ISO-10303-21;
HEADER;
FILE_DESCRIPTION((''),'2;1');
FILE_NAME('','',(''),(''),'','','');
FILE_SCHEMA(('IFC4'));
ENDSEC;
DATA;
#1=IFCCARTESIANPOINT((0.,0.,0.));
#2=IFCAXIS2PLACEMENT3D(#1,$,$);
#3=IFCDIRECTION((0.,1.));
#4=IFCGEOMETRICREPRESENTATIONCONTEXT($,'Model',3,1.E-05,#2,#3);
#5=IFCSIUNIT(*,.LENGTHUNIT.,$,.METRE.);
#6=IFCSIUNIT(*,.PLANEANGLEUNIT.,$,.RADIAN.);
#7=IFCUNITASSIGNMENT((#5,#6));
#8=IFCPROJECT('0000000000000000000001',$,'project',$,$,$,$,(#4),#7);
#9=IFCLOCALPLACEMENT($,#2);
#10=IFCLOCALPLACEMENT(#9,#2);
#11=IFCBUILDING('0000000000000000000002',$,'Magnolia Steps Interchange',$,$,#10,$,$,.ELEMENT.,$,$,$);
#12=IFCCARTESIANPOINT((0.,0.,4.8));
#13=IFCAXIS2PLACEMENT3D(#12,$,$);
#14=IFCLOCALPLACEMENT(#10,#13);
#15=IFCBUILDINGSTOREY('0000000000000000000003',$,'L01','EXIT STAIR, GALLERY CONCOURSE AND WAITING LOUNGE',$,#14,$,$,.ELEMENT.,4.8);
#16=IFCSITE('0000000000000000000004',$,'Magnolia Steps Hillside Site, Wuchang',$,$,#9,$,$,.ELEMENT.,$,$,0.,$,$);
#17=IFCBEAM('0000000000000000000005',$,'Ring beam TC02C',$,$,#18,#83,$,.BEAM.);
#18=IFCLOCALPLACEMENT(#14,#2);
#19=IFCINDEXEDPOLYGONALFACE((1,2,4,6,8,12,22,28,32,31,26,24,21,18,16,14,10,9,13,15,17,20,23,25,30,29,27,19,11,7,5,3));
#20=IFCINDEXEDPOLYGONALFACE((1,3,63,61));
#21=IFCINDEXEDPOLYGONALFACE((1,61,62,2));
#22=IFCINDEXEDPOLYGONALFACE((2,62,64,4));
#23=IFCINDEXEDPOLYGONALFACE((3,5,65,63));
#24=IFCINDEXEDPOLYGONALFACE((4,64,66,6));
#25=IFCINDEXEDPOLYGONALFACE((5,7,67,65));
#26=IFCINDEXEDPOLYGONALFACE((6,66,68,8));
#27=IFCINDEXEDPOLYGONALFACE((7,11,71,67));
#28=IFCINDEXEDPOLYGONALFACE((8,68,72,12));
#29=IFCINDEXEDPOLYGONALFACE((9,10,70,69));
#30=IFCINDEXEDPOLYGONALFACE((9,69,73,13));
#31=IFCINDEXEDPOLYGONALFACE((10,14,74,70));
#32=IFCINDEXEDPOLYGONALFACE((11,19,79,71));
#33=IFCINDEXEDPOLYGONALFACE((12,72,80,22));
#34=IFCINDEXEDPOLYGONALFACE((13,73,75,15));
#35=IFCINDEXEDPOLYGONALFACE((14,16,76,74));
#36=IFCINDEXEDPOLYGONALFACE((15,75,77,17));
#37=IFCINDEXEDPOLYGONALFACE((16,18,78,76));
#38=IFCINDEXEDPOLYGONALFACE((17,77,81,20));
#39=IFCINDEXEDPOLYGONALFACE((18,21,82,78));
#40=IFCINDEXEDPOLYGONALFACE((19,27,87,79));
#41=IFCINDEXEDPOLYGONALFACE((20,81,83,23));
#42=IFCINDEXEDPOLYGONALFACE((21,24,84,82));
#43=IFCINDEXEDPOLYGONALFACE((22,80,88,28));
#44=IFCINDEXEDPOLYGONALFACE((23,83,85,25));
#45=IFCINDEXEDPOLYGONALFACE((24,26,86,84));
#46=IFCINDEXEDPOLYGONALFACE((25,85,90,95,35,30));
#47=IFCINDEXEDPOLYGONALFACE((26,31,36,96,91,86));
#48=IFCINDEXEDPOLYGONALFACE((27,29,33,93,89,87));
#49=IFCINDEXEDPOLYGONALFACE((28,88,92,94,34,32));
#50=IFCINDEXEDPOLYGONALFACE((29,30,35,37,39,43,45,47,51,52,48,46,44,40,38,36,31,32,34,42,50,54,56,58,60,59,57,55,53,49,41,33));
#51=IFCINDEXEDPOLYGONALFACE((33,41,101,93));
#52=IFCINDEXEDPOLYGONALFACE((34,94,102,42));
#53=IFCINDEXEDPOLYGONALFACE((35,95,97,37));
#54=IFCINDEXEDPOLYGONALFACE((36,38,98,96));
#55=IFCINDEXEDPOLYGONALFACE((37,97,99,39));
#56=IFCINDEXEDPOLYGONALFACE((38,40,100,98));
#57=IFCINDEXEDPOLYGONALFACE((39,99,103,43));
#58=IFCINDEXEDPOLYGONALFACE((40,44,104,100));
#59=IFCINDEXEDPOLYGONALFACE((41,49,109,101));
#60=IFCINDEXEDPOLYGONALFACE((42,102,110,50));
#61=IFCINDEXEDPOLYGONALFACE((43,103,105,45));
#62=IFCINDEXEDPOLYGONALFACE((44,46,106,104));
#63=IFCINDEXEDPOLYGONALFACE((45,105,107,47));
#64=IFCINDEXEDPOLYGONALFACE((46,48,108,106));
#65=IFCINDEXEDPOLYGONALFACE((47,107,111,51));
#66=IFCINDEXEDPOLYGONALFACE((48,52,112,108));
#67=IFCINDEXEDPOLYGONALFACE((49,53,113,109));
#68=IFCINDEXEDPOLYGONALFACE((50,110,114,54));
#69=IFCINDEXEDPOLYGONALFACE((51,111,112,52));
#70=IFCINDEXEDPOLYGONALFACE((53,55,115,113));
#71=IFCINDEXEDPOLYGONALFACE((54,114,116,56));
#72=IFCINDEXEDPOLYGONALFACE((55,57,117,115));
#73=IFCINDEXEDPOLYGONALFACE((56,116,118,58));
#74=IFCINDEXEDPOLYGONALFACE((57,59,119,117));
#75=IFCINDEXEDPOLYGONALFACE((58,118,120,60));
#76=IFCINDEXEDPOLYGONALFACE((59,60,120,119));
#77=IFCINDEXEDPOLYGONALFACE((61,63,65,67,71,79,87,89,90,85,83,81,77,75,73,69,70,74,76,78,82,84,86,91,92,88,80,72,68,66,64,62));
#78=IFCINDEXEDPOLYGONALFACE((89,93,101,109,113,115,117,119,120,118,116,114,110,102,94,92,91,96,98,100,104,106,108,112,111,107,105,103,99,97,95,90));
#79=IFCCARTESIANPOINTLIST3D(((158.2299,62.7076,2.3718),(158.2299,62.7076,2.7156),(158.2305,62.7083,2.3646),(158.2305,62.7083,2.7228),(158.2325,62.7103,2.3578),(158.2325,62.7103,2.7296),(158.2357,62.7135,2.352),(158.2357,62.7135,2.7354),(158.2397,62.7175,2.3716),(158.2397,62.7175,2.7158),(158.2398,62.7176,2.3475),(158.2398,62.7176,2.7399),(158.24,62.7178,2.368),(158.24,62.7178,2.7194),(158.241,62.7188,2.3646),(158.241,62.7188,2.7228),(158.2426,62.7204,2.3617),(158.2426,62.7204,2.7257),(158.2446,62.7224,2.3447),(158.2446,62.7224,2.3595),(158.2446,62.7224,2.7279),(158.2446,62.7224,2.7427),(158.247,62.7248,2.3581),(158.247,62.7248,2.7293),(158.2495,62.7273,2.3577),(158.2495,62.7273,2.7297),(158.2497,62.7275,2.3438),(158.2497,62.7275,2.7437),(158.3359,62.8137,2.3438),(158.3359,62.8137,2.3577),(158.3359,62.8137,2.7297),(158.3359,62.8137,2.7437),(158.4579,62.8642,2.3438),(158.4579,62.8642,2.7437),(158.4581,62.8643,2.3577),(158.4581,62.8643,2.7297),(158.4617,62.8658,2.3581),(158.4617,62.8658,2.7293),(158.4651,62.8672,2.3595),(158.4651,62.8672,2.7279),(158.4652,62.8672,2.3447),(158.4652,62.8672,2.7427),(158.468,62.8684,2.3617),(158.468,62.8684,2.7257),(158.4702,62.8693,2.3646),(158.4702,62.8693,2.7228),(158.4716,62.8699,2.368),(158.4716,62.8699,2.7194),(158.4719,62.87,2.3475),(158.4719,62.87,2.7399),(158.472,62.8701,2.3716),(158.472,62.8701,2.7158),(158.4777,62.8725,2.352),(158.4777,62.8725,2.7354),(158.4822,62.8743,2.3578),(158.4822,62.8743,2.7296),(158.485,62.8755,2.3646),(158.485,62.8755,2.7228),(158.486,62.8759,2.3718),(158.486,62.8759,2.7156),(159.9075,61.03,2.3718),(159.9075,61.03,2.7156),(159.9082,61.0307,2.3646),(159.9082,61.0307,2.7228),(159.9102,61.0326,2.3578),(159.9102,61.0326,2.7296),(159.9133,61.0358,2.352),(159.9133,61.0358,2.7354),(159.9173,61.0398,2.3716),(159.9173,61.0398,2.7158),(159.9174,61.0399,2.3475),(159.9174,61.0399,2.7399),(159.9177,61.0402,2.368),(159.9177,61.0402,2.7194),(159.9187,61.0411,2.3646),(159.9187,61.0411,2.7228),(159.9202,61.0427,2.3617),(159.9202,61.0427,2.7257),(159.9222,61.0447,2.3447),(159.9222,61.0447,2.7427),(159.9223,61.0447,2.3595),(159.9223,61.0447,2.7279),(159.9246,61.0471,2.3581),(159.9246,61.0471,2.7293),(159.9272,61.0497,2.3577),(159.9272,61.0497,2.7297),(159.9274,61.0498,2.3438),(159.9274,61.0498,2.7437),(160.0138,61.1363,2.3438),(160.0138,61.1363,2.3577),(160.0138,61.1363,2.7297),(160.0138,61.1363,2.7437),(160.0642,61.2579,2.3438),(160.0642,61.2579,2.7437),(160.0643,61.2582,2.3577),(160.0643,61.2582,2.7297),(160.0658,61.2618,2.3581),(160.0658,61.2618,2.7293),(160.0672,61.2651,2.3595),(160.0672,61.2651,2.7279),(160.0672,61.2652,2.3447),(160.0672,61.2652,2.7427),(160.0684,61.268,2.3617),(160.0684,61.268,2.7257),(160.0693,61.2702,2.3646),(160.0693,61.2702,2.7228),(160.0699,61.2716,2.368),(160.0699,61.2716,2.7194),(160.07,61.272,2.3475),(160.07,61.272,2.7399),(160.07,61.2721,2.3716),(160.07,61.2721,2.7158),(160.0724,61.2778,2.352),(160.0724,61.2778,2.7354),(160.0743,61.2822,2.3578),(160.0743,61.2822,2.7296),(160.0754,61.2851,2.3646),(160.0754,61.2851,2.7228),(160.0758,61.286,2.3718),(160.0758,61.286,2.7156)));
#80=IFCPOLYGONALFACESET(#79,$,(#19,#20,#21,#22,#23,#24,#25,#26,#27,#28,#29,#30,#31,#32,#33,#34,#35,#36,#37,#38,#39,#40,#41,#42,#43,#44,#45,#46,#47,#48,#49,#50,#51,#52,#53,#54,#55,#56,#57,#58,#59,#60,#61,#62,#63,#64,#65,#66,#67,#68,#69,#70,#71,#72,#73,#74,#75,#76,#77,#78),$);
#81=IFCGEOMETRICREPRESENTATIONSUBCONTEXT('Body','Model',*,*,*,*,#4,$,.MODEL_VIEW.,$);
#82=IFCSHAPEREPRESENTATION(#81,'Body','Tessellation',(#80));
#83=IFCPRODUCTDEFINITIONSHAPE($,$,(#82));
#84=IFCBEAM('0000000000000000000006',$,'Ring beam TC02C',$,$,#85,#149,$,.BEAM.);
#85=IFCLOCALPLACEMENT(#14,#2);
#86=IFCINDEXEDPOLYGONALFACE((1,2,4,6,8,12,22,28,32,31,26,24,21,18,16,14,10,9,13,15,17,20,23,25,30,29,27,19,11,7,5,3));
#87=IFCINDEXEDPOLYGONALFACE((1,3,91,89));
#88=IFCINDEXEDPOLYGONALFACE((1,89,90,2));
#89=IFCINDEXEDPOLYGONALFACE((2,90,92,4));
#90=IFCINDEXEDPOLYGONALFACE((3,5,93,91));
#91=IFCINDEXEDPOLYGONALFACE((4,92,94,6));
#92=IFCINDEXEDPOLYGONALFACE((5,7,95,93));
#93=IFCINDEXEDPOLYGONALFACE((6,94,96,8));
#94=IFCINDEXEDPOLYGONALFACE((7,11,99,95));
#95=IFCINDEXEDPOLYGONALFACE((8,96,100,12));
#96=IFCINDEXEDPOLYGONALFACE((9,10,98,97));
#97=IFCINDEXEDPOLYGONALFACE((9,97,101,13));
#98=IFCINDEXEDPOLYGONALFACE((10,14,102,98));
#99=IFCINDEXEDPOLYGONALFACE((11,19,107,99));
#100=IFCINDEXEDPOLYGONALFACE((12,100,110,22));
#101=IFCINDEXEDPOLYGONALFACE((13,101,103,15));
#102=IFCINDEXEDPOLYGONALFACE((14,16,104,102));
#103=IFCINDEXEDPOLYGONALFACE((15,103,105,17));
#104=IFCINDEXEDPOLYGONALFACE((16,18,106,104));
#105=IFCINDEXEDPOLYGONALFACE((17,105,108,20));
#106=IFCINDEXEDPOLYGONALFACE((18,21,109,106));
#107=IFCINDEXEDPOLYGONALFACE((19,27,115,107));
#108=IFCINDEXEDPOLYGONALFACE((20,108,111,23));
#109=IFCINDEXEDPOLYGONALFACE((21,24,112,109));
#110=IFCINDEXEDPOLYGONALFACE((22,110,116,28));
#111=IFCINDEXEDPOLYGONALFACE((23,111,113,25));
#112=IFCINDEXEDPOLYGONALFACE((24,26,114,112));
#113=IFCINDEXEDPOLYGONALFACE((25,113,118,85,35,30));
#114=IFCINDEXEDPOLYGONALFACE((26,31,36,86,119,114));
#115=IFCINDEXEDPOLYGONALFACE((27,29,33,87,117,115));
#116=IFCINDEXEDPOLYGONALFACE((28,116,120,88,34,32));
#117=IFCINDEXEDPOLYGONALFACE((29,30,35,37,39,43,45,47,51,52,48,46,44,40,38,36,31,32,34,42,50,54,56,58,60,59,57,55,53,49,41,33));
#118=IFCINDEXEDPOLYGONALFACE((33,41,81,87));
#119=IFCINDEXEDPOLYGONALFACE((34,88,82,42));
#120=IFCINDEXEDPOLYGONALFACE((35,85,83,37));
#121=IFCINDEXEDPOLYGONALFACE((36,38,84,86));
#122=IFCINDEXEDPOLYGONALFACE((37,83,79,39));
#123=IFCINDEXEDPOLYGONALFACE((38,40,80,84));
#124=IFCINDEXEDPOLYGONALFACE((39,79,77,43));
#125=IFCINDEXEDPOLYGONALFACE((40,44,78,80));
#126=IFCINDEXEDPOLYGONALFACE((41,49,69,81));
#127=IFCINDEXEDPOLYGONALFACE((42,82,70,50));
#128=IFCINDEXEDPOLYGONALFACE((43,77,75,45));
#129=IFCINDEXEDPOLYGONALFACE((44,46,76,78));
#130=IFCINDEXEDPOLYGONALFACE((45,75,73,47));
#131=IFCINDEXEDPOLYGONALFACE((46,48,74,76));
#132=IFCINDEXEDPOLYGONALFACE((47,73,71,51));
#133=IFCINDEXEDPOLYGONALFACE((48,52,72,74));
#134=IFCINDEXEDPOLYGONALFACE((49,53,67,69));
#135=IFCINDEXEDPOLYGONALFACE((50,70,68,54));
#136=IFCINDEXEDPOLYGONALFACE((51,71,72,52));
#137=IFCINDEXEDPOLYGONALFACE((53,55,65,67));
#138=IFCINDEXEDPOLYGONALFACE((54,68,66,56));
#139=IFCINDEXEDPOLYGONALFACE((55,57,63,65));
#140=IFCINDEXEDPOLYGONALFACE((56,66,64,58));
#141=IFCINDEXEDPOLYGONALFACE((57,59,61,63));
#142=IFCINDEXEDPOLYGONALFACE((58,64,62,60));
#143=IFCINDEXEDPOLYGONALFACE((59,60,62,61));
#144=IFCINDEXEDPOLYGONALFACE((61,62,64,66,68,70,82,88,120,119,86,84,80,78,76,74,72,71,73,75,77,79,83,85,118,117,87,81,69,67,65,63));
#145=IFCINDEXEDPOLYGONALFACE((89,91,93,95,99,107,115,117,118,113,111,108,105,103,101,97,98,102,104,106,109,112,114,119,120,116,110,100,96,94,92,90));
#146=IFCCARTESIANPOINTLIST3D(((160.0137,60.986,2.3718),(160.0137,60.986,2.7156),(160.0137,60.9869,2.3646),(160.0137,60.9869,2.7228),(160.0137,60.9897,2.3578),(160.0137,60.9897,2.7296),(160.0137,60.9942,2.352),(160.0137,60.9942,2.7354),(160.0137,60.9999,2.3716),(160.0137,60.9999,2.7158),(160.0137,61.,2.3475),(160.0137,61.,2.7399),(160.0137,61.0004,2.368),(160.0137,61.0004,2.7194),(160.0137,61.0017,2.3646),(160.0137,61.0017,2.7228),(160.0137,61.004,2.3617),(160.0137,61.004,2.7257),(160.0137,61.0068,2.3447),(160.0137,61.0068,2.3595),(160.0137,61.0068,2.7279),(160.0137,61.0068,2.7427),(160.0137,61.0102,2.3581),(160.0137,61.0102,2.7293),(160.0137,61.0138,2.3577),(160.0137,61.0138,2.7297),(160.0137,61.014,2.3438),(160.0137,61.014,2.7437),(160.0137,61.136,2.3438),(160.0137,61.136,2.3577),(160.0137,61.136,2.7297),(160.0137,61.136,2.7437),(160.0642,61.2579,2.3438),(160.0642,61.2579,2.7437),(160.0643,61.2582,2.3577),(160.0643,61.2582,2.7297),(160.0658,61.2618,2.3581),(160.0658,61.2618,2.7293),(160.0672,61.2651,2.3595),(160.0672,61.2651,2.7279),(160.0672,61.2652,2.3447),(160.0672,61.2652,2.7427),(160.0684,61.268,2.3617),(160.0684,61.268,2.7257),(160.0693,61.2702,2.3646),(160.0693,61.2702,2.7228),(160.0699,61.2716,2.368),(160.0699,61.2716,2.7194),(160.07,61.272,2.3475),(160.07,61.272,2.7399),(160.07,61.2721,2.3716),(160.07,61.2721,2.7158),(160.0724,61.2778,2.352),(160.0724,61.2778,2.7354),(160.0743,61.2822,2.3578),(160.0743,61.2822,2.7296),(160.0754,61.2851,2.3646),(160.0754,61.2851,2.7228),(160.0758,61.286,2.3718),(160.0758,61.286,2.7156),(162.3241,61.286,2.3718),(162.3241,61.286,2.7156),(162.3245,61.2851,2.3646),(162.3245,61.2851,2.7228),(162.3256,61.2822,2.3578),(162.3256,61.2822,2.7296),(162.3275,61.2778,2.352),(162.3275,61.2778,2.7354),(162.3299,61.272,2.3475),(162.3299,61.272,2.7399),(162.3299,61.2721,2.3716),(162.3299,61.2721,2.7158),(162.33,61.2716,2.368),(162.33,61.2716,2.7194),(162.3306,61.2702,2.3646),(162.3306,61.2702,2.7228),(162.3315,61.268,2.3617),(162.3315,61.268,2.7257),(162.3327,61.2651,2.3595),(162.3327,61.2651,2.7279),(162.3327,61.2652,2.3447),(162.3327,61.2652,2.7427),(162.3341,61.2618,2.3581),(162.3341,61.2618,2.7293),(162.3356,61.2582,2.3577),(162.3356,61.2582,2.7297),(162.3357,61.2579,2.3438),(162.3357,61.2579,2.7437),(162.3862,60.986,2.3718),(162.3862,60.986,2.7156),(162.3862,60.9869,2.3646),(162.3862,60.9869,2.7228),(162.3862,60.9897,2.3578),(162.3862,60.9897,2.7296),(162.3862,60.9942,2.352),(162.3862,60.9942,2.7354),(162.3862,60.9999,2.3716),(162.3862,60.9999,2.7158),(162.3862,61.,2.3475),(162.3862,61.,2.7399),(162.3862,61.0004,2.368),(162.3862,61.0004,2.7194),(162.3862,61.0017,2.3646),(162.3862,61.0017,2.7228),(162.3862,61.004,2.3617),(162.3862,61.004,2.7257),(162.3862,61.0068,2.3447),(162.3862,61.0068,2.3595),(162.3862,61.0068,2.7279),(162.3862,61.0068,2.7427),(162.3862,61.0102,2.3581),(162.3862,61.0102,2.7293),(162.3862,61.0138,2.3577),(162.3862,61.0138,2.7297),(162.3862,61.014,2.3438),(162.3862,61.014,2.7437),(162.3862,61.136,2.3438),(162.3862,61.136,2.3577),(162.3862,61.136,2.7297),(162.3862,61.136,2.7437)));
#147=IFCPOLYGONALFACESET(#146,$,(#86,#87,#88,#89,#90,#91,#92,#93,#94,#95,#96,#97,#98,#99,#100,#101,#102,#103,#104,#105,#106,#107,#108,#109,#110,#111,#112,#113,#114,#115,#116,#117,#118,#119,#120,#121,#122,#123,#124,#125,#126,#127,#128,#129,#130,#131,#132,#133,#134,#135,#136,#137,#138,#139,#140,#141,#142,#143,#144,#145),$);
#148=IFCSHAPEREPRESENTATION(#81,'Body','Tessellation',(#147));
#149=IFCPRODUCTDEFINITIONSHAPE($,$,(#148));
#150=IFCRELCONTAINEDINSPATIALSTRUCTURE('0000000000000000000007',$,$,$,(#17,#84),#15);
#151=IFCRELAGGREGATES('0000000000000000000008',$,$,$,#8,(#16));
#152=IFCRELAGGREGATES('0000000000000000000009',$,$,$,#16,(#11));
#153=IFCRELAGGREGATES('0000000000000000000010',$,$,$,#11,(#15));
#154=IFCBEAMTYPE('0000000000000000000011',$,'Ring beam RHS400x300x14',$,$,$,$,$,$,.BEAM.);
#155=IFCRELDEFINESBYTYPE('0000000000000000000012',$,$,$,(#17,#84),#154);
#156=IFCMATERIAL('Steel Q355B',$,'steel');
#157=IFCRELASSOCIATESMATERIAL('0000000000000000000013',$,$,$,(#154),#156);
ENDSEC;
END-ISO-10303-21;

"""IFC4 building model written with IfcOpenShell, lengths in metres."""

from ifc_helpers import new_model, si_unit, direction, frame, origin, origin_2d, place, context, subcontext, project, spatial, hollow_rectangle, extrude, clip, halfspace, material, material_profile, profile_set, type_object, element, save


model = new_model("IFC4")

# Units and contexts
model_context = context("Model", 3, precision=1e-05, world=origin(), true_north=direction((0.0, 1.0)))
body_context = subcontext(model_context, "Body", "Model", "MODEL_VIEW")
ifc_project = project(units=[si_unit("LENGTHUNIT", "METRE"), si_unit("PLANEANGLEUNIT", "RADIAN")], contexts=[model_context])

# Site, building, storey
site_placement = place(None, origin())
site = spatial("IfcSite", under=ifc_project, at=site_placement, Name="Magnolia Steps Hillside Site, Wuchang", CompositionType="ELEMENT", RefElevation=0.0)
building_placement = place(site_placement, origin())
building = spatial("IfcBuilding", under=site, at=building_placement, Name="Magnolia Steps Interchange", CompositionType="ELEMENT")
storey_placement = place(building_placement, frame((0.0, 0.0, 4.8)))
storey = spatial("IfcBuildingStorey", under=building, at=storey_placement, Name="L01", Description="EXIT STAIR, GALLERY CONCOURSE AND WAITING LOUNGE", CompositionType="ELEMENT", Elevation=4.8)

# Beams
ifc_material_1 = material(Name="Steel Q355B", Category="steel")
ifc_material_profile_1 = material_profile(ifc_material_1, hollow_rectangle(XDim=0.3, YDim=0.3999, WallThickness=0.0139, InnerFilletRadius=0.0139, OuterFilletRadius=0.0281, at=origin_2d()), Name="RHS400x300x14")
ifc_profile_set_1 = profile_set([ifc_material_profile_1], Name="Steel Q355B")
beam_type_1 = type_object("IfcBeamType", Name="Ring beam RHS400x300x14", PredefinedType="BEAM", material=ifc_profile_set_1)
beam_1_placement = place(storey_placement, frame((158.3359, 62.8137, 2.5437), z_axis=(0.707107, -0.707107, 0.0), x_axis=(0.707107, 0.707107, 0.0)))
element("IfcBeam", 1, at=beam_1_placement, inside=storey, type_object=beam_type_1, Name="Ring beam TC02C", PredefinedType="BEAM", context=body_context, shape_type="Clipping", body=[
    clip(clip(extrude(hollow_rectangle(XDim=0.3, YDim=0.3999, WallThickness=0.0139, InnerFilletRadius=0.0139, OuterFilletRadius=0.0281, at=origin_2d()), origin(), (0.0, 0.0, 1.0), 2.3726), halfspace(frame((0.0, 0.0, 0.0), z_axis=(0.382683, 0.0, -0.92388), x_axis=(0.92388, 0.0, 0.382683)), False)), halfspace(frame((0.0, 0.0, 2.3727), z_axis=(0.382683, 0.0, 0.92388), x_axis=(0.92388, 0.0, -0.382683)), False)),
])
beam_2_placement = place(storey_placement, frame((160.0137, 61.136, 2.5437), z_axis=(1.0, 0.0, 0.0), x_axis=(0.0, 1.0, 0.0)))
element("IfcBeam", 2, at=beam_2_placement, inside=storey, type_object=beam_type_1, Name="Ring beam TC02C", PredefinedType="BEAM", context=body_context, shape_type="Clipping", body=[
    clip(clip(extrude(hollow_rectangle(XDim=0.3, YDim=0.3999, WallThickness=0.0139, InnerFilletRadius=0.0139, OuterFilletRadius=0.0281, at=origin_2d()), origin(), (0.0, 0.0, 1.0), 2.3726), halfspace(frame((0.0, 0.0, 0.0), z_axis=(0.382683, 0.0, -0.92388), x_axis=(0.92388, 0.0, 0.382683)), False)), halfspace(frame((0.0, 0.0, 2.3726), z_axis=(0.382683, 0.0, 0.92388), x_axis=(0.92388, 0.0, -0.382683)), False)),
])

save(model, "model.ifc")
